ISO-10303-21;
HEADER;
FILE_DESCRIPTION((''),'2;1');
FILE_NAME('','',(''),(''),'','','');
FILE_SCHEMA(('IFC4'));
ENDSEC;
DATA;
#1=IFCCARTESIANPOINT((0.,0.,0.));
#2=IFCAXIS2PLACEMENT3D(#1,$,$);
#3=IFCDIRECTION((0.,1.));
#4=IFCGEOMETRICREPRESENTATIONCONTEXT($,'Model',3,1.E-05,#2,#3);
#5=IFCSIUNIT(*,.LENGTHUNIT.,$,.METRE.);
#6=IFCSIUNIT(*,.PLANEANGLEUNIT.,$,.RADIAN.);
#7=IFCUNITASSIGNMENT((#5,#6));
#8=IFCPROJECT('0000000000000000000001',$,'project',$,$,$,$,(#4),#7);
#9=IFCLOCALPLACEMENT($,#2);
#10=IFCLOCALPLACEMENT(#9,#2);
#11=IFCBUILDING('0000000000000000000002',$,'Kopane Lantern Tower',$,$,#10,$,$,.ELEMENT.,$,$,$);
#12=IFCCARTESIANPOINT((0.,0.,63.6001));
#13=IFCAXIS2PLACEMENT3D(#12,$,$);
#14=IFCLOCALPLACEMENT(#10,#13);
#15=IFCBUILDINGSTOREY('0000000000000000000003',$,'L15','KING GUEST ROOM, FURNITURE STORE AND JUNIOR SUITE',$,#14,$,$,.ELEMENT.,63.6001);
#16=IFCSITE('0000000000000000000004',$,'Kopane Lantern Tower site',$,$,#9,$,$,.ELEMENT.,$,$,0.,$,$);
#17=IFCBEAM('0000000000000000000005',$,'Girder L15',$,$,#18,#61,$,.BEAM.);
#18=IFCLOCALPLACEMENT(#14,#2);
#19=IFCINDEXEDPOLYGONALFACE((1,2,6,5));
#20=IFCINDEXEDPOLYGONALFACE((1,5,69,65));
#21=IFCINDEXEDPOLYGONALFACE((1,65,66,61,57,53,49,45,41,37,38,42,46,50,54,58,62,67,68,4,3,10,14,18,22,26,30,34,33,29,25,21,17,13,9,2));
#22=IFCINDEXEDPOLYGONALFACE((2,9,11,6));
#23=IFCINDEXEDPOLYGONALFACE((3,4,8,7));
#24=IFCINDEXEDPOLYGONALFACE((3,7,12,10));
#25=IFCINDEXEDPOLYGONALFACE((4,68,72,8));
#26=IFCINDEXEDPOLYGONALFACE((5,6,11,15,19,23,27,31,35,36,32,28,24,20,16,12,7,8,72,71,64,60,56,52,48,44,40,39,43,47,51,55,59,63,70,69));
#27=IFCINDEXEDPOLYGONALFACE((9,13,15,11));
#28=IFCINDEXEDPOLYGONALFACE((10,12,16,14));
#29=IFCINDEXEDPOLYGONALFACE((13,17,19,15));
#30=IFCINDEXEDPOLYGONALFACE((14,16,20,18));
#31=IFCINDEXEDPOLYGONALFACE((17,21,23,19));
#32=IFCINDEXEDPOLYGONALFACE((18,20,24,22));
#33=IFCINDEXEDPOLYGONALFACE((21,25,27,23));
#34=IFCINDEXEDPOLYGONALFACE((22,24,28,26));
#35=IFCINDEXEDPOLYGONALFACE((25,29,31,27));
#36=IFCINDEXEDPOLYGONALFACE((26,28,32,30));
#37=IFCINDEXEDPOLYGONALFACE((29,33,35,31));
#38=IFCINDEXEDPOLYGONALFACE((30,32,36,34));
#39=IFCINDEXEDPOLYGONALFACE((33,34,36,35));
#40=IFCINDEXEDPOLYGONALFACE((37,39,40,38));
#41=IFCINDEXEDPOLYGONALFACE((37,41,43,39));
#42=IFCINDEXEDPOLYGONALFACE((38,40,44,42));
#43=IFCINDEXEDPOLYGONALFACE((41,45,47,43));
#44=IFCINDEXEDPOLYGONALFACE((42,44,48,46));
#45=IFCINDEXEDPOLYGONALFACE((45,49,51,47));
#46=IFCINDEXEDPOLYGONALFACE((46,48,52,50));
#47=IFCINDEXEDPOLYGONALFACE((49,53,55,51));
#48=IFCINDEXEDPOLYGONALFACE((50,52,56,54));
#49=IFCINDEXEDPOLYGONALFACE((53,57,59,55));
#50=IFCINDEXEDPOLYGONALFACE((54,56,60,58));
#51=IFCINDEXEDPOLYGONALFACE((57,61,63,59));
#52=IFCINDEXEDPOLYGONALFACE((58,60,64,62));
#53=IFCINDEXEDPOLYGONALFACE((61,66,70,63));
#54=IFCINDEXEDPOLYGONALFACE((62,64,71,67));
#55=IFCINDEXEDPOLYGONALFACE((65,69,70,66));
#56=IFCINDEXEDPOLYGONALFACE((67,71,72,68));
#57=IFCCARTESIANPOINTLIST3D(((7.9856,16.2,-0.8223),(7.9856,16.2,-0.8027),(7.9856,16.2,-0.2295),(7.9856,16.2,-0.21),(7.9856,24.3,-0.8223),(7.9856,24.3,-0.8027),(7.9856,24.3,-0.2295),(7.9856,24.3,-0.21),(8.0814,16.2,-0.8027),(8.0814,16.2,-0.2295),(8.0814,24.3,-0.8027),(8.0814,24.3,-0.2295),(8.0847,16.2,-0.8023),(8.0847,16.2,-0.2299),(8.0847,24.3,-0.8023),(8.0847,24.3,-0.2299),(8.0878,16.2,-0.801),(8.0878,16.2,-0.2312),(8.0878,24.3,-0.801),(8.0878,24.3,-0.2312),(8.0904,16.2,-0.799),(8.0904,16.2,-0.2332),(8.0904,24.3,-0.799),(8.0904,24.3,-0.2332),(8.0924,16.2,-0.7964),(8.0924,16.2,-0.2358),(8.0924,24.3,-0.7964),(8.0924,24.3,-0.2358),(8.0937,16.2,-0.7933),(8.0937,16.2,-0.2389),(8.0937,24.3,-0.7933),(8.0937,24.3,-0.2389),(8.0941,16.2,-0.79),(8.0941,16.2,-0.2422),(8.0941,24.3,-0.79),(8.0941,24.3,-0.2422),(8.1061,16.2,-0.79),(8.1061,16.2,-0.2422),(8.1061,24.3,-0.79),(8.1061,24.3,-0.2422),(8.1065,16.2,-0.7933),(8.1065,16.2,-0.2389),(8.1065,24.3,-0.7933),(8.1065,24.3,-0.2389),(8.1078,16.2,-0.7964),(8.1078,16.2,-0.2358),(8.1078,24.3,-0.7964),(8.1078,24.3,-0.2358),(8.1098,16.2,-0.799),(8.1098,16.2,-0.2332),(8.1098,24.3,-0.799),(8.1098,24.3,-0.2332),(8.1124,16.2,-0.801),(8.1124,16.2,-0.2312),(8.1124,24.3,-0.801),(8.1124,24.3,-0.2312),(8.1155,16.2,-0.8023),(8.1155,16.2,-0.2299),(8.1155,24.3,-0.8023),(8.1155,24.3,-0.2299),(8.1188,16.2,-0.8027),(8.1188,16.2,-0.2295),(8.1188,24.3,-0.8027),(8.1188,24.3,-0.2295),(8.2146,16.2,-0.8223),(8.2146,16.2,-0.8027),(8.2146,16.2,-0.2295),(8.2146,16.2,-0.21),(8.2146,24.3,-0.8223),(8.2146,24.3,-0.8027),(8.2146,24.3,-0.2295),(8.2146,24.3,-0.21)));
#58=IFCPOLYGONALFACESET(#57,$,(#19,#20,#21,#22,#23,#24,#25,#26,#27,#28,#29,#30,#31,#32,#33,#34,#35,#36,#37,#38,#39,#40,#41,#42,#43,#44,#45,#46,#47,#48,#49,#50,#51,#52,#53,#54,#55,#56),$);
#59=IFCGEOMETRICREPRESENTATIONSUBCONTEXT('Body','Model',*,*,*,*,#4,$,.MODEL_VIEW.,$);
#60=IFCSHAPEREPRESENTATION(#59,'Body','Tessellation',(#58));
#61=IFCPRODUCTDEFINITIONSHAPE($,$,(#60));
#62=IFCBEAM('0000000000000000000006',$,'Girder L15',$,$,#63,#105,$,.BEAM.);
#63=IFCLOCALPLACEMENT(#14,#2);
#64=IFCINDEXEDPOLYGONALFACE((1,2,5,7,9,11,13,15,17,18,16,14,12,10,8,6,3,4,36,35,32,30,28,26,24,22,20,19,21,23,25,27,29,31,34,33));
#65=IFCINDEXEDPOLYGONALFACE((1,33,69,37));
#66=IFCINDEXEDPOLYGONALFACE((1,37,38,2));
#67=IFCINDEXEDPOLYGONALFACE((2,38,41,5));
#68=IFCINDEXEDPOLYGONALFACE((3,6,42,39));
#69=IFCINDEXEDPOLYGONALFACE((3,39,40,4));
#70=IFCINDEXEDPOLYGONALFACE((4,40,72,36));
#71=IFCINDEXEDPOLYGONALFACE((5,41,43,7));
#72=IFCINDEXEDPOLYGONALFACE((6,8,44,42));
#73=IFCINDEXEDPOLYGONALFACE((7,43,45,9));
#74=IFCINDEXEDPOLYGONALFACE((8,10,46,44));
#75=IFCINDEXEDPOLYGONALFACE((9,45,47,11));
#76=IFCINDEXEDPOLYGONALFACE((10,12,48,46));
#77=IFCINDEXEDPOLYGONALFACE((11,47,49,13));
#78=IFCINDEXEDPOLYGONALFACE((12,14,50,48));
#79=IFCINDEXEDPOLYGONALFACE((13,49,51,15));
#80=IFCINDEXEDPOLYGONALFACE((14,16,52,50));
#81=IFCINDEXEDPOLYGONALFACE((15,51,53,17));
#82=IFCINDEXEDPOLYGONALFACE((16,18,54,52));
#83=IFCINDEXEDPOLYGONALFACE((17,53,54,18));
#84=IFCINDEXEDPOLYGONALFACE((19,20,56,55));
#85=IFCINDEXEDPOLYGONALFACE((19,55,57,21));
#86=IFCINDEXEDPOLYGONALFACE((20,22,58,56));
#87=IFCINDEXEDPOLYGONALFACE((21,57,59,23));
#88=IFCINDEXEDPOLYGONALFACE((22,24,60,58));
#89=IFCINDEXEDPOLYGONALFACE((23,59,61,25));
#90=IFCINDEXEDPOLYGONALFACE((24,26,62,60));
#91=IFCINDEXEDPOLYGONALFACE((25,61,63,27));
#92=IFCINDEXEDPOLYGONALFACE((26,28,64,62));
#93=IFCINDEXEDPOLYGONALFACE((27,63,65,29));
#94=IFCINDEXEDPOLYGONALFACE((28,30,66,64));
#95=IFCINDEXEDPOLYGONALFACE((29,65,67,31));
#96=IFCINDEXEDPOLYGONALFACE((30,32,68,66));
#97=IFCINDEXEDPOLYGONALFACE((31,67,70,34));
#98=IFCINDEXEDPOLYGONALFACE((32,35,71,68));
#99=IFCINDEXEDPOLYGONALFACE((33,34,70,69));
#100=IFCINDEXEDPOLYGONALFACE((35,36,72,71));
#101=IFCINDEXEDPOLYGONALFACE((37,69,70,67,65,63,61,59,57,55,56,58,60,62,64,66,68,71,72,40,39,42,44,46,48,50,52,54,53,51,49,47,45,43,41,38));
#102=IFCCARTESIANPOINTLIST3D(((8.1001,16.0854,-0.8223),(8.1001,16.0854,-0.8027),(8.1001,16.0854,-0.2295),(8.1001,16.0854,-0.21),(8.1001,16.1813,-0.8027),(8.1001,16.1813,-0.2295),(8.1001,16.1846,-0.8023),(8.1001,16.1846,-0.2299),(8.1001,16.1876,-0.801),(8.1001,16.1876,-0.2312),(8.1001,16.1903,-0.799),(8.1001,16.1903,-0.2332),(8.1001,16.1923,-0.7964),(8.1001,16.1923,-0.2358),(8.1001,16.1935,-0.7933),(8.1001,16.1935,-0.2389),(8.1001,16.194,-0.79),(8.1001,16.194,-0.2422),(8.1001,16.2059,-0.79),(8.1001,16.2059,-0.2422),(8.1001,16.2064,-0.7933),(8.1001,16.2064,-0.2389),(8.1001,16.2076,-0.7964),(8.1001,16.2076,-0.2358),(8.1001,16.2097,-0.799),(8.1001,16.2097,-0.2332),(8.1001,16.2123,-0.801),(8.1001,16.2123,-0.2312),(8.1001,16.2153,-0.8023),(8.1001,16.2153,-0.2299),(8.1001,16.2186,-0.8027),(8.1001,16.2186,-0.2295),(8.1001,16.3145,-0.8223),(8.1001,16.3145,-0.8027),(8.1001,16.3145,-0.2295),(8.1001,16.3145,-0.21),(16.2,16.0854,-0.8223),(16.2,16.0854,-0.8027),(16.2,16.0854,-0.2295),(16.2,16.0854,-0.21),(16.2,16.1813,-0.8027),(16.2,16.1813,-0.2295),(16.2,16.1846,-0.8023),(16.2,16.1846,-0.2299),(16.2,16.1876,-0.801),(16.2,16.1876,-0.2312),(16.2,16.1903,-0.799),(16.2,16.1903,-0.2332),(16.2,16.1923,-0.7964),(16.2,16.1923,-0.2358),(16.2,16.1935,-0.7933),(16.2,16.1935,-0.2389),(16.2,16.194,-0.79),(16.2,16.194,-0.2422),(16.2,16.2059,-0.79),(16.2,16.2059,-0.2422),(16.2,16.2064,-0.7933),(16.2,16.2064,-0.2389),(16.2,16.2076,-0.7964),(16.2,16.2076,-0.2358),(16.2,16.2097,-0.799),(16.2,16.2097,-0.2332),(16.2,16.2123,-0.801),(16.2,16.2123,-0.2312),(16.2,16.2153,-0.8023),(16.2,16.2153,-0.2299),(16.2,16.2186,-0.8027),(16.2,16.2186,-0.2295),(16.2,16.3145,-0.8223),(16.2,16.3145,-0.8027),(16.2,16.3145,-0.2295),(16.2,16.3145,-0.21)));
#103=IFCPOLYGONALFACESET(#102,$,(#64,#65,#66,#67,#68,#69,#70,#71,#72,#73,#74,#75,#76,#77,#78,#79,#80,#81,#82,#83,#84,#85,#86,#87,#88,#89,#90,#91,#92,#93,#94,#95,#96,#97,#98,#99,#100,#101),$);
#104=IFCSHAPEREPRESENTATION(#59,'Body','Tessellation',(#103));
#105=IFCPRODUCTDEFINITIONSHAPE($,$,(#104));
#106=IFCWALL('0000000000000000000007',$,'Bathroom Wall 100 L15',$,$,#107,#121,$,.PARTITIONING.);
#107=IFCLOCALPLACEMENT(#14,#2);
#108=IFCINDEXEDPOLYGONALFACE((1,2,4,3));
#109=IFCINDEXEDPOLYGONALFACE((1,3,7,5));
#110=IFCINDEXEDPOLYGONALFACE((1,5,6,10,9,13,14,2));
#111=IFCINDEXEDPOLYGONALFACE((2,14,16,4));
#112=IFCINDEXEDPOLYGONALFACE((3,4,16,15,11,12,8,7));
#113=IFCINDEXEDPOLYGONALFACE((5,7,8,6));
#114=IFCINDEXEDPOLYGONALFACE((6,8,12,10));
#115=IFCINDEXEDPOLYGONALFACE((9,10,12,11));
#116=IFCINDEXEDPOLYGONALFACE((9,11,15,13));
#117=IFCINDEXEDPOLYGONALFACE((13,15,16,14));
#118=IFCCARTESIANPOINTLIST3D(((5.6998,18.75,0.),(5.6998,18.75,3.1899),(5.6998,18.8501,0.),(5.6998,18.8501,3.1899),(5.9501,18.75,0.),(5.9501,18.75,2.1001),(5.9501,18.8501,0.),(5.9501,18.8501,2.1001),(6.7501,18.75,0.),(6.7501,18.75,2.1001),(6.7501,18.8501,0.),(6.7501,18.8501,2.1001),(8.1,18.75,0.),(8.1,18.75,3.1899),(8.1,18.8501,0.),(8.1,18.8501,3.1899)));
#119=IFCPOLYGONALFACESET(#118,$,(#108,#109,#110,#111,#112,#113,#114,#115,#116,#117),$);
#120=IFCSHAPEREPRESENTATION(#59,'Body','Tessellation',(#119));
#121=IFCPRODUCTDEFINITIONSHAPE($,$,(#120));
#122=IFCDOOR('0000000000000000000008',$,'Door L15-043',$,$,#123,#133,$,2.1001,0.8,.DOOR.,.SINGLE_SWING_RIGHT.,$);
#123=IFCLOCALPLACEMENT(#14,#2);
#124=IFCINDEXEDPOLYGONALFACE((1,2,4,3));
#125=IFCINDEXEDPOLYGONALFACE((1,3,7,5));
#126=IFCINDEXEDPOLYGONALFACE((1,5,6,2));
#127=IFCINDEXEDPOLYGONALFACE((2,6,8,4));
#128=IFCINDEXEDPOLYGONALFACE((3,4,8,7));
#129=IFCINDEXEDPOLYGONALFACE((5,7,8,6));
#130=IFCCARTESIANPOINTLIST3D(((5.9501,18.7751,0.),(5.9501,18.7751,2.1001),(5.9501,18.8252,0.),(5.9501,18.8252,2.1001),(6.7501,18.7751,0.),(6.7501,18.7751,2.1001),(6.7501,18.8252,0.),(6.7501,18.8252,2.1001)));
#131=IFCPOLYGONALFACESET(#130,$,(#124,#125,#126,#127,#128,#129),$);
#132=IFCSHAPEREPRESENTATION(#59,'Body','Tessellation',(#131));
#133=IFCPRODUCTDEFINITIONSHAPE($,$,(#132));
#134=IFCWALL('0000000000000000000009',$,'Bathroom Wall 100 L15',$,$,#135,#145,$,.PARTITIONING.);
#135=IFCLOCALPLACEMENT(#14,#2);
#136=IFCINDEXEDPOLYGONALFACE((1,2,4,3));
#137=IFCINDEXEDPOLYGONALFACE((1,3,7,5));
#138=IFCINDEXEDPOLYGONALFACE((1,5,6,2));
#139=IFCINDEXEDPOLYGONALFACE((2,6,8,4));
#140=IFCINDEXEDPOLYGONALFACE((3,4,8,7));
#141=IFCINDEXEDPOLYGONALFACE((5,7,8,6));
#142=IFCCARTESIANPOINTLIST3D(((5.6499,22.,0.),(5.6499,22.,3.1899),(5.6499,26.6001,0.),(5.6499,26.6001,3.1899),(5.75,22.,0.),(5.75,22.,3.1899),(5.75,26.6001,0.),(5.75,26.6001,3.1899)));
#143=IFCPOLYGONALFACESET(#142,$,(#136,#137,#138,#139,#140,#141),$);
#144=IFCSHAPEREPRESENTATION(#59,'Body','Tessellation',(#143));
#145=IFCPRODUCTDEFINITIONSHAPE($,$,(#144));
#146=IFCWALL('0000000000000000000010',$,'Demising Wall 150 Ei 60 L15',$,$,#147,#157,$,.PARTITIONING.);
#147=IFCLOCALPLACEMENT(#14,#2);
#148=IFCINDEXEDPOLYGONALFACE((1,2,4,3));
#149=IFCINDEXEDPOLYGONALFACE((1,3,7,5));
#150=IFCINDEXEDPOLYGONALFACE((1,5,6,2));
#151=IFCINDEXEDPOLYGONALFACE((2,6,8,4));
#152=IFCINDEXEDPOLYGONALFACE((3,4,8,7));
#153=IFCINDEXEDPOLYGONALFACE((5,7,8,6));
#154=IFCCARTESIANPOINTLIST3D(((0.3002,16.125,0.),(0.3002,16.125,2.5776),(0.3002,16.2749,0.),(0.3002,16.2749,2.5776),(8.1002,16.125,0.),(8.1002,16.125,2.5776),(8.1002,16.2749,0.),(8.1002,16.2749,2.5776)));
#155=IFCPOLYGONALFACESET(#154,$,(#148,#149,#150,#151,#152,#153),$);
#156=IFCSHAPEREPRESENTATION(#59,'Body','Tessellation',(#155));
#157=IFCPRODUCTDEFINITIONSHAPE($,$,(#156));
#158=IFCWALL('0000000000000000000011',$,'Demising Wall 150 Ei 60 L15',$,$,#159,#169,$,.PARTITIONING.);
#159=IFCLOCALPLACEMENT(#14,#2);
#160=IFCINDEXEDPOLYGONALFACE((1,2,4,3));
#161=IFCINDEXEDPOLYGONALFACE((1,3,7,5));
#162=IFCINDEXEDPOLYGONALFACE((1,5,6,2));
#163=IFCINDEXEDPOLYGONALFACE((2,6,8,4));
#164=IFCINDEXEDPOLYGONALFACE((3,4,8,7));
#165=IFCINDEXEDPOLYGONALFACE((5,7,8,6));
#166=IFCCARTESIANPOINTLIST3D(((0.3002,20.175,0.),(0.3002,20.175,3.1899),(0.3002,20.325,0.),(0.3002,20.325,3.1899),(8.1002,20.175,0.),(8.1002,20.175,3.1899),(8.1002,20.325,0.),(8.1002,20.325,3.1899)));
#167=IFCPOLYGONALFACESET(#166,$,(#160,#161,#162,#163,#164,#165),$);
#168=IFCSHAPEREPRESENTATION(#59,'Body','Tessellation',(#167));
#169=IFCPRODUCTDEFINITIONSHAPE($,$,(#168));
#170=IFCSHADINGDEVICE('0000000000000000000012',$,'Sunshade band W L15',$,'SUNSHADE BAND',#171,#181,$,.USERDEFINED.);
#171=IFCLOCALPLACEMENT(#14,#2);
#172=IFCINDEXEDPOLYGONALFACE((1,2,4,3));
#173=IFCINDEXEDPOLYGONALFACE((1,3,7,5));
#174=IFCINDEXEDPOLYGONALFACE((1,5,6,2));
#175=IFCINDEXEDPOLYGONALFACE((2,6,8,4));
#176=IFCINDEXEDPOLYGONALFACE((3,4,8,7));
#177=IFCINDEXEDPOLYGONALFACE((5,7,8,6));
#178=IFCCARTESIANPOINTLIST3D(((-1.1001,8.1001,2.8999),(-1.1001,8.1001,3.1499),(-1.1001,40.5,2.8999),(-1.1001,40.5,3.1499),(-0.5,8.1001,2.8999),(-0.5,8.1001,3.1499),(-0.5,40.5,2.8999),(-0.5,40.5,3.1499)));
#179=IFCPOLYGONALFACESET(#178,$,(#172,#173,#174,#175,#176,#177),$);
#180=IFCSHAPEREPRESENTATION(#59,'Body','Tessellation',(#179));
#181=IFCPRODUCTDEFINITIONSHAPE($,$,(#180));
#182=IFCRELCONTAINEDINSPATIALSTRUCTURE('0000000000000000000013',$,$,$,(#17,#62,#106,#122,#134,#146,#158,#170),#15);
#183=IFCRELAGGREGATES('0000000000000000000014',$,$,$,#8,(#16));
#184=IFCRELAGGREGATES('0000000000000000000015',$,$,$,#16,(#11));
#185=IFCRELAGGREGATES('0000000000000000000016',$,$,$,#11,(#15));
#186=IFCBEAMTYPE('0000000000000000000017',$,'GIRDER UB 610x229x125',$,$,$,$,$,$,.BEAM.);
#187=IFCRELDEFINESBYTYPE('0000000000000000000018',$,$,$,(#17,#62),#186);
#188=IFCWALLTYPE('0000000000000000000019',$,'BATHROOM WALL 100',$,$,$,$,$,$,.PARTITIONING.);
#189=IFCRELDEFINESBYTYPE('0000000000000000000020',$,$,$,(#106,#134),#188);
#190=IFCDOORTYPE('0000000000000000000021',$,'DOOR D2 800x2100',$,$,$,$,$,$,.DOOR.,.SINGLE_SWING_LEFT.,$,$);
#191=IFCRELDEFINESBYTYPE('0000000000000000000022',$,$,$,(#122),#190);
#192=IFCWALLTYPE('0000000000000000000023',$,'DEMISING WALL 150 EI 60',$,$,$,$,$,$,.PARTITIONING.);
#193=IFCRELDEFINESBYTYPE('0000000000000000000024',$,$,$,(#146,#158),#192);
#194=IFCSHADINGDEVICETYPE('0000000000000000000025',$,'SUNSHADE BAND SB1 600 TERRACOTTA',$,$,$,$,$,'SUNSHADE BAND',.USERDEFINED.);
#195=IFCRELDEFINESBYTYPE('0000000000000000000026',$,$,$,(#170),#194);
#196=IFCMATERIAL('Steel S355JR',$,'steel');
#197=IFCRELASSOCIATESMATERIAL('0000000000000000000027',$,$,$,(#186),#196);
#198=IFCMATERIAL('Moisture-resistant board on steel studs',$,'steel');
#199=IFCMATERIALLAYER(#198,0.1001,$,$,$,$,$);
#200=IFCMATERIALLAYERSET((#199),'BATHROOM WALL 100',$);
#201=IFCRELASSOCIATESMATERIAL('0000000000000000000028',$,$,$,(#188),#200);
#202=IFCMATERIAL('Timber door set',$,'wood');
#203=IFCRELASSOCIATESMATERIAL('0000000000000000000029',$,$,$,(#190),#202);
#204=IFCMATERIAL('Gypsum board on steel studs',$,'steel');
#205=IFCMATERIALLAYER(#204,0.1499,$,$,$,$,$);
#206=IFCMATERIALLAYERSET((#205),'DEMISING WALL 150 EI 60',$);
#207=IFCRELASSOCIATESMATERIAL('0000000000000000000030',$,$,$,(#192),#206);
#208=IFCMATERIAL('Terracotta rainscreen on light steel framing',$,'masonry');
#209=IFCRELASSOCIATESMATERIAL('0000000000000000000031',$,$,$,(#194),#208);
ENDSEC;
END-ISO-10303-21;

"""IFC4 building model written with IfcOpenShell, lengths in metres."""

from ifc_helpers import new_model, si_unit, direction, frame, frame_2d, origin, origin_2d, place, context, subcontext, project, spatial, rectangle, i_section, extrude, material, layer, layer_set, material_profile, profile_set, type_object, element, fill, save


model = new_model("IFC4")

# Units and contexts
model_context = context("Model", 3, precision=1e-05, world=origin(), true_north=direction((0.0, 1.0)))
body_context = subcontext(model_context, "Body", "Model", "MODEL_VIEW")
ifc_project = project(units=[si_unit("LENGTHUNIT", "METRE"), si_unit("PLANEANGLEUNIT", "RADIAN")], contexts=[model_context])

# Site, building, storey
site_placement = place(None, origin())
site = spatial("IfcSite", under=ifc_project, at=site_placement, Name="Kopane Lantern Tower site", CompositionType="ELEMENT", RefElevation=0.0)
building_placement = place(site_placement, origin())
building = spatial("IfcBuilding", under=site, at=building_placement, Name="Kopane Lantern Tower", CompositionType="ELEMENT")
storey_placement = place(building_placement, frame((0.0, 0.0, 63.6001)))
storey = spatial("IfcBuildingStorey", under=building, at=storey_placement, Name="L15", Description="KING GUEST ROOM, FURNITURE STORE AND JUNIOR SUITE", CompositionType="ELEMENT", Elevation=63.6001)

# Beams
ifc_material_1 = material(Name="Steel S355JR", Category="steel")
ifc_material_profile_1 = material_profile(ifc_material_1, i_section(OverallWidth=0.229, OverallDepth=0.6123, WebThickness=0.012, FlangeThickness=0.0195, FilletRadius=0.0127, at=origin_2d()), Name="UB 610x229x125")
ifc_profile_set_1 = profile_set([ifc_material_profile_1], Name="Steel S355JR")
beam_type = type_object("IfcBeamType", Name="GIRDER UB 610x229x125", PredefinedType="BEAM", material=ifc_profile_set_1)
for number, where, z_axis, x_axis, name in (
    (1, (8.1001, 16.2, -0.5161), (0.0, 1.0, 0.0), (-1.0, 0.0, 0.0), "Girder L15"),
):
    element("IfcBeam", number, at=place(storey_placement, frame(where, z_axis=z_axis, x_axis=x_axis)), inside=storey, type_object=beam_type, Name=name, PredefinedType="BEAM", context=body_context, shape_type="SweptSolid", body=[
        extrude(i_section(OverallWidth=0.229, OverallDepth=0.6123, WebThickness=0.012, FlangeThickness=0.0195, FilletRadius=0.0127, at=origin_2d()), origin(), (0.0, 0.0, 1.0), 8.1001),
    ])
beam_1_placement = place(storey_placement, frame((8.1001, 16.2, -0.5161), z_axis=(1.0, 0.0, 0.0), x_axis=(0.0, 1.0, 0.0)))
element("IfcBeam", 2, at=beam_1_placement, inside=storey, type_object=beam_type, Name="Girder L15", PredefinedType="BEAM", context=body_context, shape_type="SweptSolid", body=[
    extrude(i_section(OverallWidth=0.229, OverallDepth=0.6123, WebThickness=0.012, FlangeThickness=0.0195, FilletRadius=0.0127, at=origin_2d()), origin(), (0.0, 0.0, 1.0), 8.0999),
])

# Wall, opening, door
ifc_material_2 = material(Name="Moisture-resistant board on steel studs", Category="steel")
ifc_layer_1 = layer(ifc_material_2, 0.1001)
ifc_layer_set_1 = layer_set([ifc_layer_1], Name="BATHROOM WALL 100")
wall_type_1 = type_object("IfcWallType", Name="BATHROOM WALL 100", PredefinedType="PARTITIONING", material=ifc_layer_set_1)
wall_1_placement = place(storey_placement, frame((8.1001, 18.8, 0.0), z_axis=(0.0, 0.0, 1.0), x_axis=(-1.0, 0.0, 0.0)))
wall_1 = element("IfcWall", 3, at=wall_1_placement, inside=storey, type_object=wall_type_1, Name="Bathroom Wall 100 L15", PredefinedType="PARTITIONING", context=body_context, shape_type="SweptSolid", body=[
    extrude(rectangle(XDim=2.4001, YDim=0.1001, at=frame_2d((1.2002, 0.0))), origin(), (0.0, 0.0, 1.0), 3.1899),
])
opening_placement = place(wall_1_placement, frame((1.3501, 0.0, 0.0)))
opening = element("IfcOpeningElement", 4, at=opening_placement, cuts=wall_1, PredefinedType="OPENING", context=body_context, shape_type="SweptSolid", body=[
    extrude(rectangle(XDim=0.8, YDim=2.1001, at=frame_2d((0.3999, 1.05))), frame((0.0, 0.0601, 0.0), z_axis=(0.0, -1.0, 0.0), x_axis=(1.0, 0.0, 0.0)), (0.0, 0.0, 1.0), 0.1201),
])
ifc_material_3 = material(Name="Timber door set", Category="wood")
door_type = type_object("IfcDoorType", Name="DOOR D2 800x2100", OperationType="SINGLE_SWING_LEFT", PredefinedType="DOOR", material=ifc_material_3)
door_placement = place(opening_placement, origin())
door = element("IfcDoor", 5, at=door_placement, inside=storey, type_object=door_type, Name="Door L15-043", OperationType="SINGLE_SWING_RIGHT", OverallHeight=2.1001, OverallWidth=0.8, PredefinedType="DOOR", context=body_context, shape_type="SweptSolid", body=[
    extrude(rectangle(XDim=0.8, YDim=2.1001, at=frame_2d((0.3999, 1.05))), frame((0.0, 0.0249, 0.0), z_axis=(0.0, -1.0, 0.0), x_axis=(1.0, 0.0, 0.0)), (0.0, 0.0, 1.0), 0.05),
])
fill(opening, door)

# Walls
wall_2_placement = place(storey_placement, frame((5.7, 22.0, 0.0), z_axis=(0.0, 0.0, 1.0), x_axis=(0.0, 1.0, 0.0)))
element("IfcWall", 6, at=wall_2_placement, inside=storey, type_object=wall_type_1, Name="Bathroom Wall 100 L15", PredefinedType="PARTITIONING", context=body_context, shape_type="SweptSolid", body=[
    extrude(rectangle(XDim=4.6001, YDim=0.1001, at=frame_2d((2.3, 0.0))), origin(), (0.0, 0.0, 1.0), 3.1899),
])
ifc_material_4 = material(Name="Gypsum board on steel studs", Category="steel")
ifc_layer_2 = layer(ifc_material_4, 0.1499)
ifc_layer_set_2 = layer_set([ifc_layer_2], Name="DEMISING WALL 150 EI 60")
wall_type_2 = type_object("IfcWallType", Name="DEMISING WALL 150 EI 60", PredefinedType="PARTITIONING", material=ifc_layer_set_2)
wall_3_placement = place(storey_placement, frame((8.1001, 16.2, 0.0), z_axis=(0.0, 0.0, 1.0), x_axis=(-1.0, 0.0, 0.0)))
element("IfcWall", 7, at=wall_3_placement, inside=storey, type_object=wall_type_2, Name="Demising Wall 150 Ei 60 L15", PredefinedType="PARTITIONING", context=body_context, shape_type="SweptSolid", body=[
    extrude(rectangle(XDim=7.8, YDim=0.1499, at=frame_2d((3.8999, 0.0))), origin(), (0.0, 0.0, 1.0), 2.5776),
])
wall_4_placement = place(storey_placement, frame((8.1001, 20.25, 0.0), z_axis=(0.0, 0.0, 1.0), x_axis=(-1.0, 0.0, 0.0)))
element("IfcWall", 8, at=wall_4_placement, inside=storey, type_object=wall_type_2, Name="Demising Wall 150 Ei 60 L15", PredefinedType="PARTITIONING", context=body_context, shape_type="SweptSolid", body=[
    extrude(rectangle(XDim=7.8, YDim=0.1499, at=frame_2d((3.8999, 0.0))), origin(), (0.0, 0.0, 1.0), 3.1899),
])

# Shading device
ifc_material_5 = material(Name="Terracotta rainscreen on light steel framing", Category="masonry")
shading_device_type = type_object("IfcShadingDeviceType", Name="SUNSHADE BAND SB1 600 TERRACOTTA", ElementType="SUNSHADE BAND", PredefinedType="USERDEFINED", material=ifc_material_5)
shading_device_placement = place(storey_placement, frame((-0.8, 24.3, 2.8999), z_axis=(0.0, 0.0, 1.0), x_axis=(0.0, -1.0, 0.0)))
element("IfcShadingDevice", 9, at=shading_device_placement, inside=storey, type_object=shading_device_type, Name="Sunshade band W L15", ObjectType="SUNSHADE BAND", PredefinedType="USERDEFINED", context=body_context, shape_type="SweptSolid", body=[
    extrude(rectangle(XDim=32.3999, YDim=0.6001, at=origin_2d()), origin(), (0.0, 0.0, 1.0), 0.25),
])

save(model, "model.ifc")
